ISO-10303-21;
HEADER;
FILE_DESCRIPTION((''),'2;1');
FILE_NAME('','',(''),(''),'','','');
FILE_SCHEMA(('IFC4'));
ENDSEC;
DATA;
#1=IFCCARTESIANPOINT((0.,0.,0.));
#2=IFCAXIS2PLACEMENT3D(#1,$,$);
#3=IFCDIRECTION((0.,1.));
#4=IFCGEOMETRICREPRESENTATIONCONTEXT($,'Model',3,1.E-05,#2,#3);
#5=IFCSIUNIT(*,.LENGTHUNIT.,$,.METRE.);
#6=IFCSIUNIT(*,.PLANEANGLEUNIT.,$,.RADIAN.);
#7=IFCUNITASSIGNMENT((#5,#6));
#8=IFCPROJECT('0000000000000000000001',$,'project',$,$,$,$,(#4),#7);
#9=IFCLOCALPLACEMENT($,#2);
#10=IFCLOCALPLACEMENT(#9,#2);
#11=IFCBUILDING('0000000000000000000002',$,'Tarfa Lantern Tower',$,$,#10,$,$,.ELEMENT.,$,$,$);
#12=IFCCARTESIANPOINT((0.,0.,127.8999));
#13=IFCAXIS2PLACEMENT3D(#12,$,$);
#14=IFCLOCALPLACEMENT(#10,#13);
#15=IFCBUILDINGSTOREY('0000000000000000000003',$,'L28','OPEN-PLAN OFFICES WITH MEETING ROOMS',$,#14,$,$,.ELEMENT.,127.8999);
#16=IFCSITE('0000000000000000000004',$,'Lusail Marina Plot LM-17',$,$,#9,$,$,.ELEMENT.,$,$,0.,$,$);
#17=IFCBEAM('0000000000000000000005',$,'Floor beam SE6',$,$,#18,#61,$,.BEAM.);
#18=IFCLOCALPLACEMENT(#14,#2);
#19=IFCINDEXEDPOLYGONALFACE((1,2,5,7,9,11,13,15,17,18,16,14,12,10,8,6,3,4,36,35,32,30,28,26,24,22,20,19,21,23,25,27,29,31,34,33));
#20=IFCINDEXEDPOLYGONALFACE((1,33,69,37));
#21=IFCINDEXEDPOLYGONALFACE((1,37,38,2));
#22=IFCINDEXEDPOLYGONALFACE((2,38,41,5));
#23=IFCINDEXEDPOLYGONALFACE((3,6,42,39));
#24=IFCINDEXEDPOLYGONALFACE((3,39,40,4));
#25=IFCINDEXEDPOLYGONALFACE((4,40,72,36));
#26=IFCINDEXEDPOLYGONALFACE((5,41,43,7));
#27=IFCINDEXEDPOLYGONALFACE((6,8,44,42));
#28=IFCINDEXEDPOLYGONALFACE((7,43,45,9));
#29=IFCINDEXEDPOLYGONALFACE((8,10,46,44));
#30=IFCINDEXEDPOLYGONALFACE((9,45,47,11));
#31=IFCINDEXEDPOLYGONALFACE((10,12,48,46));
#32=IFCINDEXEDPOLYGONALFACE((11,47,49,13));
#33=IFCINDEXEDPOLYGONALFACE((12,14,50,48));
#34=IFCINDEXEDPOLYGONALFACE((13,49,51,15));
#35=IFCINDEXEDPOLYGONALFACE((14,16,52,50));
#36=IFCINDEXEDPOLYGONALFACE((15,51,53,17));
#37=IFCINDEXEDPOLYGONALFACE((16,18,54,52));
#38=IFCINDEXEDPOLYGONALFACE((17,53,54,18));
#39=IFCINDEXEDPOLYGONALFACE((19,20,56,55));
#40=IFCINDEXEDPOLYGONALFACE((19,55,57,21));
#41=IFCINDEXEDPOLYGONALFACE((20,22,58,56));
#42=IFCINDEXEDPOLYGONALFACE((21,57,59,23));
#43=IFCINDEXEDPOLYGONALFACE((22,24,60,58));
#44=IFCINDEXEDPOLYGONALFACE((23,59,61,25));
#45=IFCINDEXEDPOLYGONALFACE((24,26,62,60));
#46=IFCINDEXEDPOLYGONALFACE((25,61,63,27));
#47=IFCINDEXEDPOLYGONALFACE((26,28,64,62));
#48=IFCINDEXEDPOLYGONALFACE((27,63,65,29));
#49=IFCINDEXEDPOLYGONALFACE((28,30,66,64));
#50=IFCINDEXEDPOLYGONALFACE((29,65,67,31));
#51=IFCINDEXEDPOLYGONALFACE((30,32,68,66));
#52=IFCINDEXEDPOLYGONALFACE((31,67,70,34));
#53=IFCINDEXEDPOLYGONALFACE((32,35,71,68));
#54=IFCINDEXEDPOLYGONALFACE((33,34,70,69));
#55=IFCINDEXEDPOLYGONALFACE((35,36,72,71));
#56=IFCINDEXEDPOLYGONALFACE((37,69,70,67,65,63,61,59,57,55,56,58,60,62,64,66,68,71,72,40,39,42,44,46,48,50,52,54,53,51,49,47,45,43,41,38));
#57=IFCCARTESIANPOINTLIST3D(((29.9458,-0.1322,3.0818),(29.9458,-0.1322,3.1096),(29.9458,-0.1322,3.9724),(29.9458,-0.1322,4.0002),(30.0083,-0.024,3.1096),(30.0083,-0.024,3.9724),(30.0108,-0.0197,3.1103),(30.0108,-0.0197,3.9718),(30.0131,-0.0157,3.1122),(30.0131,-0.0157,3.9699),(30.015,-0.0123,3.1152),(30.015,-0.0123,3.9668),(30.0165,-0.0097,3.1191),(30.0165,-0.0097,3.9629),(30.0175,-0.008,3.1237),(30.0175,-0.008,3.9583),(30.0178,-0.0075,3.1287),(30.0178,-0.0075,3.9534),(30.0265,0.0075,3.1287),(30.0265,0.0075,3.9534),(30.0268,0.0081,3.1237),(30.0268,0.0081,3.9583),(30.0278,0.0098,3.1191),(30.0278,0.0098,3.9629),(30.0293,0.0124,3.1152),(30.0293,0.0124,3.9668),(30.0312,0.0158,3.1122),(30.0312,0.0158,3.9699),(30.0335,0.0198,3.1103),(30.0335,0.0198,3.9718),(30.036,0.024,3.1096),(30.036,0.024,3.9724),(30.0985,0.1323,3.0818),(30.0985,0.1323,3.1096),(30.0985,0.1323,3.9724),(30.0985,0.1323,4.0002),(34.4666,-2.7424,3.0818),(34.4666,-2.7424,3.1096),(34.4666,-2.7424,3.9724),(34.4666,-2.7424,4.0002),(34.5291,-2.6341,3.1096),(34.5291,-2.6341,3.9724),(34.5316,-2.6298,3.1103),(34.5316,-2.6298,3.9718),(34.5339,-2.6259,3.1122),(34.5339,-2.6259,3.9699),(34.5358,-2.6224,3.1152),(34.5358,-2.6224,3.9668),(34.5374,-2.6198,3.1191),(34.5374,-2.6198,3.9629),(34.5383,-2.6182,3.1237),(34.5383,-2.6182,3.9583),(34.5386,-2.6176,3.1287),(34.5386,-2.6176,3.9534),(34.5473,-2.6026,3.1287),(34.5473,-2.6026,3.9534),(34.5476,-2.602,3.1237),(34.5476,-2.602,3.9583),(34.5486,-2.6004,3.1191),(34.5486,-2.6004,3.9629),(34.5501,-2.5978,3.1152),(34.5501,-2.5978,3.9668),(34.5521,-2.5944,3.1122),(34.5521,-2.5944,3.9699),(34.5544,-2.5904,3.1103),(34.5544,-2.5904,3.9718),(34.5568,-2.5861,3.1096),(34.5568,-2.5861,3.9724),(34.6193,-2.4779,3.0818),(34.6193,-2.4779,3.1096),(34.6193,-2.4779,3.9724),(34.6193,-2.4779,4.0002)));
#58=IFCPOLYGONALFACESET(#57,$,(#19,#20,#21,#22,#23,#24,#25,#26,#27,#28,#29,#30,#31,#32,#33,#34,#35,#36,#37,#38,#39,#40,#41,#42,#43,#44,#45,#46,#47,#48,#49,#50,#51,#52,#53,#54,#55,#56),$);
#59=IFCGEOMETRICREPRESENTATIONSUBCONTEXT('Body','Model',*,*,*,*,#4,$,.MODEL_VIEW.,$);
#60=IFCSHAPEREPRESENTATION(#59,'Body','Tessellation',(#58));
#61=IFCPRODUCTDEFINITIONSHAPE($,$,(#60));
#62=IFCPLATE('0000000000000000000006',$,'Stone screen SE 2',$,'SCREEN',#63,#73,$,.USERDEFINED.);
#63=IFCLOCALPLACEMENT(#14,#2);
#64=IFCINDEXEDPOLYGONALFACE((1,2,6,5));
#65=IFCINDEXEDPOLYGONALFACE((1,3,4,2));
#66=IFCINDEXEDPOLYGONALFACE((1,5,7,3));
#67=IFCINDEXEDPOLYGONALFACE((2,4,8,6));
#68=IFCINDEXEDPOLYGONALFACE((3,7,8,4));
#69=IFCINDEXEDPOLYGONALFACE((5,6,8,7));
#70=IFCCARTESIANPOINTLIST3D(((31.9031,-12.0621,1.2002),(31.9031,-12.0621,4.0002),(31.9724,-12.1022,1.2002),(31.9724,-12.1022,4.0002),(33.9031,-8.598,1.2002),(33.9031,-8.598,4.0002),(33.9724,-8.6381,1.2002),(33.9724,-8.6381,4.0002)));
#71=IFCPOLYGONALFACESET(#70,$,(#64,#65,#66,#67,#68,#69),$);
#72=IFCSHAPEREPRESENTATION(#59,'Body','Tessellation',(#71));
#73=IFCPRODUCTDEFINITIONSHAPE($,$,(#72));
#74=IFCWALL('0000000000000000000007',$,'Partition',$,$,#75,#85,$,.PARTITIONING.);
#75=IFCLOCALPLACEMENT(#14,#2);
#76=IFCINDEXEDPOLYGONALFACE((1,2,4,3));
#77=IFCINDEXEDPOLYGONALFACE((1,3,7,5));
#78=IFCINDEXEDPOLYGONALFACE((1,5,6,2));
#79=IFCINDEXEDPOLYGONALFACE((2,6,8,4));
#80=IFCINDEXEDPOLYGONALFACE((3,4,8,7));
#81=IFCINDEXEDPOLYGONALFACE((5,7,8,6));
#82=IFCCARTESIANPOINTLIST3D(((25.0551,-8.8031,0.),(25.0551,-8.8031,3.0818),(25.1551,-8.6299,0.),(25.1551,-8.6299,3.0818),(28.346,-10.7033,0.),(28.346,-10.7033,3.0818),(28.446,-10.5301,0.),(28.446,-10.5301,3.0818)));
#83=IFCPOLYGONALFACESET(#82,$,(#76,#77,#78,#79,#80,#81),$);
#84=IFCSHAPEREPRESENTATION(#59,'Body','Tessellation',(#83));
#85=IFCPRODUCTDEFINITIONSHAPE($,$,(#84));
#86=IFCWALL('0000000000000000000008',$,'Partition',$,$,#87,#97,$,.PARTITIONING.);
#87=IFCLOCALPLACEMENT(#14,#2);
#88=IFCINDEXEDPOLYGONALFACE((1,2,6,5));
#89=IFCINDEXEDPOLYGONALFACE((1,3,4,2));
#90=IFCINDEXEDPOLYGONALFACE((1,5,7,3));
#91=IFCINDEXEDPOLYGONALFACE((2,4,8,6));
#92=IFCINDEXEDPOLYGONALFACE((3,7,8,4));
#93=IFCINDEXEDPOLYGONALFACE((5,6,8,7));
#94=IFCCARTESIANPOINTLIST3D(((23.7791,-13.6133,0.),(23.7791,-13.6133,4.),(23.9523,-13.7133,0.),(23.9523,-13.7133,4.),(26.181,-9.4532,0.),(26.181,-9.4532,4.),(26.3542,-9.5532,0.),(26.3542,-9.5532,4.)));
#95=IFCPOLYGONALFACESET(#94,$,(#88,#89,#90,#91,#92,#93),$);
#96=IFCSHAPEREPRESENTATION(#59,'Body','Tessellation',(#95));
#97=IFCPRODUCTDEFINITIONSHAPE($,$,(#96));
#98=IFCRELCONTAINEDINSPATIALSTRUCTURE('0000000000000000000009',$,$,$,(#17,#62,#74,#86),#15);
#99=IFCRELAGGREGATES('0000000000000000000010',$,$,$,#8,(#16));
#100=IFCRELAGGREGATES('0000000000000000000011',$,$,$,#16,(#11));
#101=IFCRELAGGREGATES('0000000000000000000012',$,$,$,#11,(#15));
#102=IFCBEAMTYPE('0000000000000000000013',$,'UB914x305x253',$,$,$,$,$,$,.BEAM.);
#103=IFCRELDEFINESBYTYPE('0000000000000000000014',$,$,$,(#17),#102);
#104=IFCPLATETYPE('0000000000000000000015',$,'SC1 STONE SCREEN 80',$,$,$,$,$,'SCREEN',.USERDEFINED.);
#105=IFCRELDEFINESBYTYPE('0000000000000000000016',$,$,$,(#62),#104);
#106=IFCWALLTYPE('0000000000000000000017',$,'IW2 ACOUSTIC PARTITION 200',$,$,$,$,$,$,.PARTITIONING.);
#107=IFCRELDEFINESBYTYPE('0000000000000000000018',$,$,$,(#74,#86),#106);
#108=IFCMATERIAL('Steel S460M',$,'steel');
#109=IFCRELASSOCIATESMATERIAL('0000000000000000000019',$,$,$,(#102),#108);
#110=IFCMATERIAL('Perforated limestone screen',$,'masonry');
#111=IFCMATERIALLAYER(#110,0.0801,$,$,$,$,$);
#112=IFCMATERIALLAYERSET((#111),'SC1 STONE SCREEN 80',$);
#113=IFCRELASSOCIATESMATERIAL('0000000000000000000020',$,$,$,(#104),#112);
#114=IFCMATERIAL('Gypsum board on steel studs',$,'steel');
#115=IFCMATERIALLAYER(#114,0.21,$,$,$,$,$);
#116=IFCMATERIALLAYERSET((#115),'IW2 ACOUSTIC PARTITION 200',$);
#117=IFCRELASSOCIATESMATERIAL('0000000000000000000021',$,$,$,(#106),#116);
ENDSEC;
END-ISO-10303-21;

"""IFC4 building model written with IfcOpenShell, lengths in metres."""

from ifc_helpers import new_model, si_unit, direction, frame, frame_2d, origin, origin_2d, place, context, subcontext, project, spatial, rectangle, i_section, extrude, material, layer, layer_set, material_profile, profile_set, type_object, element, save


model = new_model("IFC4")

# Units and contexts
model_context = context("Model", 3, precision=1e-05, world=origin(), true_north=direction((0.0, 1.0)))
body_context = subcontext(model_context, "Body", "Model", "MODEL_VIEW")
ifc_project = project(units=[si_unit("LENGTHUNIT", "METRE"), si_unit("PLANEANGLEUNIT", "RADIAN")], contexts=[model_context])

# Site, building, storey
site_placement = place(None, origin())
site = spatial("IfcSite", under=ifc_project, at=site_placement, Name="Lusail Marina Plot LM-17", CompositionType="ELEMENT", RefElevation=0.0)
building_placement = place(site_placement, origin())
building = spatial("IfcBuilding", under=site, at=building_placement, Name="Tarfa Lantern Tower", CompositionType="ELEMENT")
storey_placement = place(building_placement, frame((0.0, 0.0, 127.8999)))
storey = spatial("IfcBuildingStorey", under=building, at=storey_placement, Name="L28", Description="OPEN-PLAN OFFICES WITH MEETING ROOMS", CompositionType="ELEMENT", Elevation=127.8999)

# Beam
ifc_material_1 = material(Name="Steel S460M", Category="steel")
ifc_material_profile_1 = material_profile(ifc_material_1, i_section(OverallWidth=0.3054, OverallDepth=0.9185, WebThickness=0.0173, FlangeThickness=0.0278, FilletRadius=0.019, at=origin_2d()), Name="UB914x305x253")
ifc_profile_set_1 = profile_set([ifc_material_profile_1], Name="Steel S460M")
beam_type_1 = type_object("IfcBeamType", Name="UB914x305x253", PredefinedType="BEAM", material=ifc_profile_set_1)
beam_1_placement = place(storey_placement, frame((34.543, -2.6101, 3.541), z_axis=(-0.866021, 0.500007, 0.0), x_axis=(-0.500007, -0.866021, 0.0)))
element("IfcBeam", 1, at=beam_1_placement, inside=storey, type_object=beam_type_1, Name="Floor beam SE6", PredefinedType="BEAM", context=body_context, shape_type="SweptSolid", body=[
    extrude(i_section(OverallWidth=0.3054, OverallDepth=0.9185, WebThickness=0.0173, FlangeThickness=0.0278, FilletRadius=0.019, at=origin_2d()), origin(), (0.0, 0.0, 1.0), 5.2202),
])

# Plate
ifc_material_2 = material(Name="Perforated limestone screen", Category="masonry")
ifc_layer_1 = layer(ifc_material_2, 0.0801)
ifc_layer_set_1 = layer_set([ifc_layer_1], Name="SC1 STONE SCREEN 80")
plate_type = type_object("IfcPlateType", Name="SC1 STONE SCREEN 80", ElementType="SCREEN", PredefinedType="USERDEFINED", material=ifc_layer_set_1)
plate_placement = place(storey_placement, frame((32.9377, -10.3501, 1.2002), z_axis=(0.0, 0.0, 1.0), x_axis=(0.5, 0.866025, 0.0)))
element("IfcPlate", 2, at=plate_placement, inside=storey, type_object=plate_type, Name="Stone screen SE 2", ObjectType="SCREEN", PredefinedType="USERDEFINED", context=body_context, shape_type="SweptSolid", body=[
    extrude(rectangle(XDim=4.0, YDim=0.0801, at=origin_2d()), origin(), (0.0, 0.0, 1.0), 2.8),
])

# Walls
ifc_material_3 = material(Name="Gypsum board on steel studs", Category="steel")
ifc_layer_2 = layer(ifc_material_3, 0.21)
ifc_layer_set_2 = layer_set([ifc_layer_2], Name="IW2 ACOUSTIC PARTITION 200")
wall_type = type_object("IfcWallType", Name="IW2 ACOUSTIC PARTITION 200", PredefinedType="PARTITIONING", material=ifc_layer_set_2)
wall_1_placement = place(storey_placement, frame((25.1052, -8.7166, 0.0), z_axis=(0.0, 0.0, 1.0), x_axis=(0.866, -0.500043, 0.0)))
element("IfcWall", 3, at=wall_1_placement, inside=storey, type_object=wall_type, Name="Partition", PredefinedType="PARTITIONING", context=body_context, shape_type="SweptSolid", body=[
    extrude(rectangle(XDim=3.8, YDim=0.2, at=frame_2d((1.8999, 0.0))), origin(), (0.0, 0.0, 1.0), 3.0818),
])
wall_2_placement = place(storey_placement, frame((23.8657, -13.6633, 0.0), z_axis=(0.0, 0.0, 1.0), x_axis=(0.499998, 0.866026, 0.0)))
element("IfcWall", 4, at=wall_2_placement, inside=storey, type_object=wall_type, Name="Partition", PredefinedType="PARTITIONING", context=body_context, shape_type="SweptSolid", body=[
    extrude(rectangle(XDim=4.8037, YDim=0.2, at=frame_2d((2.4019, 0.0))), origin(), (0.0, 0.0, 1.0), 4.0),
])

save(model, "model.ifc")
